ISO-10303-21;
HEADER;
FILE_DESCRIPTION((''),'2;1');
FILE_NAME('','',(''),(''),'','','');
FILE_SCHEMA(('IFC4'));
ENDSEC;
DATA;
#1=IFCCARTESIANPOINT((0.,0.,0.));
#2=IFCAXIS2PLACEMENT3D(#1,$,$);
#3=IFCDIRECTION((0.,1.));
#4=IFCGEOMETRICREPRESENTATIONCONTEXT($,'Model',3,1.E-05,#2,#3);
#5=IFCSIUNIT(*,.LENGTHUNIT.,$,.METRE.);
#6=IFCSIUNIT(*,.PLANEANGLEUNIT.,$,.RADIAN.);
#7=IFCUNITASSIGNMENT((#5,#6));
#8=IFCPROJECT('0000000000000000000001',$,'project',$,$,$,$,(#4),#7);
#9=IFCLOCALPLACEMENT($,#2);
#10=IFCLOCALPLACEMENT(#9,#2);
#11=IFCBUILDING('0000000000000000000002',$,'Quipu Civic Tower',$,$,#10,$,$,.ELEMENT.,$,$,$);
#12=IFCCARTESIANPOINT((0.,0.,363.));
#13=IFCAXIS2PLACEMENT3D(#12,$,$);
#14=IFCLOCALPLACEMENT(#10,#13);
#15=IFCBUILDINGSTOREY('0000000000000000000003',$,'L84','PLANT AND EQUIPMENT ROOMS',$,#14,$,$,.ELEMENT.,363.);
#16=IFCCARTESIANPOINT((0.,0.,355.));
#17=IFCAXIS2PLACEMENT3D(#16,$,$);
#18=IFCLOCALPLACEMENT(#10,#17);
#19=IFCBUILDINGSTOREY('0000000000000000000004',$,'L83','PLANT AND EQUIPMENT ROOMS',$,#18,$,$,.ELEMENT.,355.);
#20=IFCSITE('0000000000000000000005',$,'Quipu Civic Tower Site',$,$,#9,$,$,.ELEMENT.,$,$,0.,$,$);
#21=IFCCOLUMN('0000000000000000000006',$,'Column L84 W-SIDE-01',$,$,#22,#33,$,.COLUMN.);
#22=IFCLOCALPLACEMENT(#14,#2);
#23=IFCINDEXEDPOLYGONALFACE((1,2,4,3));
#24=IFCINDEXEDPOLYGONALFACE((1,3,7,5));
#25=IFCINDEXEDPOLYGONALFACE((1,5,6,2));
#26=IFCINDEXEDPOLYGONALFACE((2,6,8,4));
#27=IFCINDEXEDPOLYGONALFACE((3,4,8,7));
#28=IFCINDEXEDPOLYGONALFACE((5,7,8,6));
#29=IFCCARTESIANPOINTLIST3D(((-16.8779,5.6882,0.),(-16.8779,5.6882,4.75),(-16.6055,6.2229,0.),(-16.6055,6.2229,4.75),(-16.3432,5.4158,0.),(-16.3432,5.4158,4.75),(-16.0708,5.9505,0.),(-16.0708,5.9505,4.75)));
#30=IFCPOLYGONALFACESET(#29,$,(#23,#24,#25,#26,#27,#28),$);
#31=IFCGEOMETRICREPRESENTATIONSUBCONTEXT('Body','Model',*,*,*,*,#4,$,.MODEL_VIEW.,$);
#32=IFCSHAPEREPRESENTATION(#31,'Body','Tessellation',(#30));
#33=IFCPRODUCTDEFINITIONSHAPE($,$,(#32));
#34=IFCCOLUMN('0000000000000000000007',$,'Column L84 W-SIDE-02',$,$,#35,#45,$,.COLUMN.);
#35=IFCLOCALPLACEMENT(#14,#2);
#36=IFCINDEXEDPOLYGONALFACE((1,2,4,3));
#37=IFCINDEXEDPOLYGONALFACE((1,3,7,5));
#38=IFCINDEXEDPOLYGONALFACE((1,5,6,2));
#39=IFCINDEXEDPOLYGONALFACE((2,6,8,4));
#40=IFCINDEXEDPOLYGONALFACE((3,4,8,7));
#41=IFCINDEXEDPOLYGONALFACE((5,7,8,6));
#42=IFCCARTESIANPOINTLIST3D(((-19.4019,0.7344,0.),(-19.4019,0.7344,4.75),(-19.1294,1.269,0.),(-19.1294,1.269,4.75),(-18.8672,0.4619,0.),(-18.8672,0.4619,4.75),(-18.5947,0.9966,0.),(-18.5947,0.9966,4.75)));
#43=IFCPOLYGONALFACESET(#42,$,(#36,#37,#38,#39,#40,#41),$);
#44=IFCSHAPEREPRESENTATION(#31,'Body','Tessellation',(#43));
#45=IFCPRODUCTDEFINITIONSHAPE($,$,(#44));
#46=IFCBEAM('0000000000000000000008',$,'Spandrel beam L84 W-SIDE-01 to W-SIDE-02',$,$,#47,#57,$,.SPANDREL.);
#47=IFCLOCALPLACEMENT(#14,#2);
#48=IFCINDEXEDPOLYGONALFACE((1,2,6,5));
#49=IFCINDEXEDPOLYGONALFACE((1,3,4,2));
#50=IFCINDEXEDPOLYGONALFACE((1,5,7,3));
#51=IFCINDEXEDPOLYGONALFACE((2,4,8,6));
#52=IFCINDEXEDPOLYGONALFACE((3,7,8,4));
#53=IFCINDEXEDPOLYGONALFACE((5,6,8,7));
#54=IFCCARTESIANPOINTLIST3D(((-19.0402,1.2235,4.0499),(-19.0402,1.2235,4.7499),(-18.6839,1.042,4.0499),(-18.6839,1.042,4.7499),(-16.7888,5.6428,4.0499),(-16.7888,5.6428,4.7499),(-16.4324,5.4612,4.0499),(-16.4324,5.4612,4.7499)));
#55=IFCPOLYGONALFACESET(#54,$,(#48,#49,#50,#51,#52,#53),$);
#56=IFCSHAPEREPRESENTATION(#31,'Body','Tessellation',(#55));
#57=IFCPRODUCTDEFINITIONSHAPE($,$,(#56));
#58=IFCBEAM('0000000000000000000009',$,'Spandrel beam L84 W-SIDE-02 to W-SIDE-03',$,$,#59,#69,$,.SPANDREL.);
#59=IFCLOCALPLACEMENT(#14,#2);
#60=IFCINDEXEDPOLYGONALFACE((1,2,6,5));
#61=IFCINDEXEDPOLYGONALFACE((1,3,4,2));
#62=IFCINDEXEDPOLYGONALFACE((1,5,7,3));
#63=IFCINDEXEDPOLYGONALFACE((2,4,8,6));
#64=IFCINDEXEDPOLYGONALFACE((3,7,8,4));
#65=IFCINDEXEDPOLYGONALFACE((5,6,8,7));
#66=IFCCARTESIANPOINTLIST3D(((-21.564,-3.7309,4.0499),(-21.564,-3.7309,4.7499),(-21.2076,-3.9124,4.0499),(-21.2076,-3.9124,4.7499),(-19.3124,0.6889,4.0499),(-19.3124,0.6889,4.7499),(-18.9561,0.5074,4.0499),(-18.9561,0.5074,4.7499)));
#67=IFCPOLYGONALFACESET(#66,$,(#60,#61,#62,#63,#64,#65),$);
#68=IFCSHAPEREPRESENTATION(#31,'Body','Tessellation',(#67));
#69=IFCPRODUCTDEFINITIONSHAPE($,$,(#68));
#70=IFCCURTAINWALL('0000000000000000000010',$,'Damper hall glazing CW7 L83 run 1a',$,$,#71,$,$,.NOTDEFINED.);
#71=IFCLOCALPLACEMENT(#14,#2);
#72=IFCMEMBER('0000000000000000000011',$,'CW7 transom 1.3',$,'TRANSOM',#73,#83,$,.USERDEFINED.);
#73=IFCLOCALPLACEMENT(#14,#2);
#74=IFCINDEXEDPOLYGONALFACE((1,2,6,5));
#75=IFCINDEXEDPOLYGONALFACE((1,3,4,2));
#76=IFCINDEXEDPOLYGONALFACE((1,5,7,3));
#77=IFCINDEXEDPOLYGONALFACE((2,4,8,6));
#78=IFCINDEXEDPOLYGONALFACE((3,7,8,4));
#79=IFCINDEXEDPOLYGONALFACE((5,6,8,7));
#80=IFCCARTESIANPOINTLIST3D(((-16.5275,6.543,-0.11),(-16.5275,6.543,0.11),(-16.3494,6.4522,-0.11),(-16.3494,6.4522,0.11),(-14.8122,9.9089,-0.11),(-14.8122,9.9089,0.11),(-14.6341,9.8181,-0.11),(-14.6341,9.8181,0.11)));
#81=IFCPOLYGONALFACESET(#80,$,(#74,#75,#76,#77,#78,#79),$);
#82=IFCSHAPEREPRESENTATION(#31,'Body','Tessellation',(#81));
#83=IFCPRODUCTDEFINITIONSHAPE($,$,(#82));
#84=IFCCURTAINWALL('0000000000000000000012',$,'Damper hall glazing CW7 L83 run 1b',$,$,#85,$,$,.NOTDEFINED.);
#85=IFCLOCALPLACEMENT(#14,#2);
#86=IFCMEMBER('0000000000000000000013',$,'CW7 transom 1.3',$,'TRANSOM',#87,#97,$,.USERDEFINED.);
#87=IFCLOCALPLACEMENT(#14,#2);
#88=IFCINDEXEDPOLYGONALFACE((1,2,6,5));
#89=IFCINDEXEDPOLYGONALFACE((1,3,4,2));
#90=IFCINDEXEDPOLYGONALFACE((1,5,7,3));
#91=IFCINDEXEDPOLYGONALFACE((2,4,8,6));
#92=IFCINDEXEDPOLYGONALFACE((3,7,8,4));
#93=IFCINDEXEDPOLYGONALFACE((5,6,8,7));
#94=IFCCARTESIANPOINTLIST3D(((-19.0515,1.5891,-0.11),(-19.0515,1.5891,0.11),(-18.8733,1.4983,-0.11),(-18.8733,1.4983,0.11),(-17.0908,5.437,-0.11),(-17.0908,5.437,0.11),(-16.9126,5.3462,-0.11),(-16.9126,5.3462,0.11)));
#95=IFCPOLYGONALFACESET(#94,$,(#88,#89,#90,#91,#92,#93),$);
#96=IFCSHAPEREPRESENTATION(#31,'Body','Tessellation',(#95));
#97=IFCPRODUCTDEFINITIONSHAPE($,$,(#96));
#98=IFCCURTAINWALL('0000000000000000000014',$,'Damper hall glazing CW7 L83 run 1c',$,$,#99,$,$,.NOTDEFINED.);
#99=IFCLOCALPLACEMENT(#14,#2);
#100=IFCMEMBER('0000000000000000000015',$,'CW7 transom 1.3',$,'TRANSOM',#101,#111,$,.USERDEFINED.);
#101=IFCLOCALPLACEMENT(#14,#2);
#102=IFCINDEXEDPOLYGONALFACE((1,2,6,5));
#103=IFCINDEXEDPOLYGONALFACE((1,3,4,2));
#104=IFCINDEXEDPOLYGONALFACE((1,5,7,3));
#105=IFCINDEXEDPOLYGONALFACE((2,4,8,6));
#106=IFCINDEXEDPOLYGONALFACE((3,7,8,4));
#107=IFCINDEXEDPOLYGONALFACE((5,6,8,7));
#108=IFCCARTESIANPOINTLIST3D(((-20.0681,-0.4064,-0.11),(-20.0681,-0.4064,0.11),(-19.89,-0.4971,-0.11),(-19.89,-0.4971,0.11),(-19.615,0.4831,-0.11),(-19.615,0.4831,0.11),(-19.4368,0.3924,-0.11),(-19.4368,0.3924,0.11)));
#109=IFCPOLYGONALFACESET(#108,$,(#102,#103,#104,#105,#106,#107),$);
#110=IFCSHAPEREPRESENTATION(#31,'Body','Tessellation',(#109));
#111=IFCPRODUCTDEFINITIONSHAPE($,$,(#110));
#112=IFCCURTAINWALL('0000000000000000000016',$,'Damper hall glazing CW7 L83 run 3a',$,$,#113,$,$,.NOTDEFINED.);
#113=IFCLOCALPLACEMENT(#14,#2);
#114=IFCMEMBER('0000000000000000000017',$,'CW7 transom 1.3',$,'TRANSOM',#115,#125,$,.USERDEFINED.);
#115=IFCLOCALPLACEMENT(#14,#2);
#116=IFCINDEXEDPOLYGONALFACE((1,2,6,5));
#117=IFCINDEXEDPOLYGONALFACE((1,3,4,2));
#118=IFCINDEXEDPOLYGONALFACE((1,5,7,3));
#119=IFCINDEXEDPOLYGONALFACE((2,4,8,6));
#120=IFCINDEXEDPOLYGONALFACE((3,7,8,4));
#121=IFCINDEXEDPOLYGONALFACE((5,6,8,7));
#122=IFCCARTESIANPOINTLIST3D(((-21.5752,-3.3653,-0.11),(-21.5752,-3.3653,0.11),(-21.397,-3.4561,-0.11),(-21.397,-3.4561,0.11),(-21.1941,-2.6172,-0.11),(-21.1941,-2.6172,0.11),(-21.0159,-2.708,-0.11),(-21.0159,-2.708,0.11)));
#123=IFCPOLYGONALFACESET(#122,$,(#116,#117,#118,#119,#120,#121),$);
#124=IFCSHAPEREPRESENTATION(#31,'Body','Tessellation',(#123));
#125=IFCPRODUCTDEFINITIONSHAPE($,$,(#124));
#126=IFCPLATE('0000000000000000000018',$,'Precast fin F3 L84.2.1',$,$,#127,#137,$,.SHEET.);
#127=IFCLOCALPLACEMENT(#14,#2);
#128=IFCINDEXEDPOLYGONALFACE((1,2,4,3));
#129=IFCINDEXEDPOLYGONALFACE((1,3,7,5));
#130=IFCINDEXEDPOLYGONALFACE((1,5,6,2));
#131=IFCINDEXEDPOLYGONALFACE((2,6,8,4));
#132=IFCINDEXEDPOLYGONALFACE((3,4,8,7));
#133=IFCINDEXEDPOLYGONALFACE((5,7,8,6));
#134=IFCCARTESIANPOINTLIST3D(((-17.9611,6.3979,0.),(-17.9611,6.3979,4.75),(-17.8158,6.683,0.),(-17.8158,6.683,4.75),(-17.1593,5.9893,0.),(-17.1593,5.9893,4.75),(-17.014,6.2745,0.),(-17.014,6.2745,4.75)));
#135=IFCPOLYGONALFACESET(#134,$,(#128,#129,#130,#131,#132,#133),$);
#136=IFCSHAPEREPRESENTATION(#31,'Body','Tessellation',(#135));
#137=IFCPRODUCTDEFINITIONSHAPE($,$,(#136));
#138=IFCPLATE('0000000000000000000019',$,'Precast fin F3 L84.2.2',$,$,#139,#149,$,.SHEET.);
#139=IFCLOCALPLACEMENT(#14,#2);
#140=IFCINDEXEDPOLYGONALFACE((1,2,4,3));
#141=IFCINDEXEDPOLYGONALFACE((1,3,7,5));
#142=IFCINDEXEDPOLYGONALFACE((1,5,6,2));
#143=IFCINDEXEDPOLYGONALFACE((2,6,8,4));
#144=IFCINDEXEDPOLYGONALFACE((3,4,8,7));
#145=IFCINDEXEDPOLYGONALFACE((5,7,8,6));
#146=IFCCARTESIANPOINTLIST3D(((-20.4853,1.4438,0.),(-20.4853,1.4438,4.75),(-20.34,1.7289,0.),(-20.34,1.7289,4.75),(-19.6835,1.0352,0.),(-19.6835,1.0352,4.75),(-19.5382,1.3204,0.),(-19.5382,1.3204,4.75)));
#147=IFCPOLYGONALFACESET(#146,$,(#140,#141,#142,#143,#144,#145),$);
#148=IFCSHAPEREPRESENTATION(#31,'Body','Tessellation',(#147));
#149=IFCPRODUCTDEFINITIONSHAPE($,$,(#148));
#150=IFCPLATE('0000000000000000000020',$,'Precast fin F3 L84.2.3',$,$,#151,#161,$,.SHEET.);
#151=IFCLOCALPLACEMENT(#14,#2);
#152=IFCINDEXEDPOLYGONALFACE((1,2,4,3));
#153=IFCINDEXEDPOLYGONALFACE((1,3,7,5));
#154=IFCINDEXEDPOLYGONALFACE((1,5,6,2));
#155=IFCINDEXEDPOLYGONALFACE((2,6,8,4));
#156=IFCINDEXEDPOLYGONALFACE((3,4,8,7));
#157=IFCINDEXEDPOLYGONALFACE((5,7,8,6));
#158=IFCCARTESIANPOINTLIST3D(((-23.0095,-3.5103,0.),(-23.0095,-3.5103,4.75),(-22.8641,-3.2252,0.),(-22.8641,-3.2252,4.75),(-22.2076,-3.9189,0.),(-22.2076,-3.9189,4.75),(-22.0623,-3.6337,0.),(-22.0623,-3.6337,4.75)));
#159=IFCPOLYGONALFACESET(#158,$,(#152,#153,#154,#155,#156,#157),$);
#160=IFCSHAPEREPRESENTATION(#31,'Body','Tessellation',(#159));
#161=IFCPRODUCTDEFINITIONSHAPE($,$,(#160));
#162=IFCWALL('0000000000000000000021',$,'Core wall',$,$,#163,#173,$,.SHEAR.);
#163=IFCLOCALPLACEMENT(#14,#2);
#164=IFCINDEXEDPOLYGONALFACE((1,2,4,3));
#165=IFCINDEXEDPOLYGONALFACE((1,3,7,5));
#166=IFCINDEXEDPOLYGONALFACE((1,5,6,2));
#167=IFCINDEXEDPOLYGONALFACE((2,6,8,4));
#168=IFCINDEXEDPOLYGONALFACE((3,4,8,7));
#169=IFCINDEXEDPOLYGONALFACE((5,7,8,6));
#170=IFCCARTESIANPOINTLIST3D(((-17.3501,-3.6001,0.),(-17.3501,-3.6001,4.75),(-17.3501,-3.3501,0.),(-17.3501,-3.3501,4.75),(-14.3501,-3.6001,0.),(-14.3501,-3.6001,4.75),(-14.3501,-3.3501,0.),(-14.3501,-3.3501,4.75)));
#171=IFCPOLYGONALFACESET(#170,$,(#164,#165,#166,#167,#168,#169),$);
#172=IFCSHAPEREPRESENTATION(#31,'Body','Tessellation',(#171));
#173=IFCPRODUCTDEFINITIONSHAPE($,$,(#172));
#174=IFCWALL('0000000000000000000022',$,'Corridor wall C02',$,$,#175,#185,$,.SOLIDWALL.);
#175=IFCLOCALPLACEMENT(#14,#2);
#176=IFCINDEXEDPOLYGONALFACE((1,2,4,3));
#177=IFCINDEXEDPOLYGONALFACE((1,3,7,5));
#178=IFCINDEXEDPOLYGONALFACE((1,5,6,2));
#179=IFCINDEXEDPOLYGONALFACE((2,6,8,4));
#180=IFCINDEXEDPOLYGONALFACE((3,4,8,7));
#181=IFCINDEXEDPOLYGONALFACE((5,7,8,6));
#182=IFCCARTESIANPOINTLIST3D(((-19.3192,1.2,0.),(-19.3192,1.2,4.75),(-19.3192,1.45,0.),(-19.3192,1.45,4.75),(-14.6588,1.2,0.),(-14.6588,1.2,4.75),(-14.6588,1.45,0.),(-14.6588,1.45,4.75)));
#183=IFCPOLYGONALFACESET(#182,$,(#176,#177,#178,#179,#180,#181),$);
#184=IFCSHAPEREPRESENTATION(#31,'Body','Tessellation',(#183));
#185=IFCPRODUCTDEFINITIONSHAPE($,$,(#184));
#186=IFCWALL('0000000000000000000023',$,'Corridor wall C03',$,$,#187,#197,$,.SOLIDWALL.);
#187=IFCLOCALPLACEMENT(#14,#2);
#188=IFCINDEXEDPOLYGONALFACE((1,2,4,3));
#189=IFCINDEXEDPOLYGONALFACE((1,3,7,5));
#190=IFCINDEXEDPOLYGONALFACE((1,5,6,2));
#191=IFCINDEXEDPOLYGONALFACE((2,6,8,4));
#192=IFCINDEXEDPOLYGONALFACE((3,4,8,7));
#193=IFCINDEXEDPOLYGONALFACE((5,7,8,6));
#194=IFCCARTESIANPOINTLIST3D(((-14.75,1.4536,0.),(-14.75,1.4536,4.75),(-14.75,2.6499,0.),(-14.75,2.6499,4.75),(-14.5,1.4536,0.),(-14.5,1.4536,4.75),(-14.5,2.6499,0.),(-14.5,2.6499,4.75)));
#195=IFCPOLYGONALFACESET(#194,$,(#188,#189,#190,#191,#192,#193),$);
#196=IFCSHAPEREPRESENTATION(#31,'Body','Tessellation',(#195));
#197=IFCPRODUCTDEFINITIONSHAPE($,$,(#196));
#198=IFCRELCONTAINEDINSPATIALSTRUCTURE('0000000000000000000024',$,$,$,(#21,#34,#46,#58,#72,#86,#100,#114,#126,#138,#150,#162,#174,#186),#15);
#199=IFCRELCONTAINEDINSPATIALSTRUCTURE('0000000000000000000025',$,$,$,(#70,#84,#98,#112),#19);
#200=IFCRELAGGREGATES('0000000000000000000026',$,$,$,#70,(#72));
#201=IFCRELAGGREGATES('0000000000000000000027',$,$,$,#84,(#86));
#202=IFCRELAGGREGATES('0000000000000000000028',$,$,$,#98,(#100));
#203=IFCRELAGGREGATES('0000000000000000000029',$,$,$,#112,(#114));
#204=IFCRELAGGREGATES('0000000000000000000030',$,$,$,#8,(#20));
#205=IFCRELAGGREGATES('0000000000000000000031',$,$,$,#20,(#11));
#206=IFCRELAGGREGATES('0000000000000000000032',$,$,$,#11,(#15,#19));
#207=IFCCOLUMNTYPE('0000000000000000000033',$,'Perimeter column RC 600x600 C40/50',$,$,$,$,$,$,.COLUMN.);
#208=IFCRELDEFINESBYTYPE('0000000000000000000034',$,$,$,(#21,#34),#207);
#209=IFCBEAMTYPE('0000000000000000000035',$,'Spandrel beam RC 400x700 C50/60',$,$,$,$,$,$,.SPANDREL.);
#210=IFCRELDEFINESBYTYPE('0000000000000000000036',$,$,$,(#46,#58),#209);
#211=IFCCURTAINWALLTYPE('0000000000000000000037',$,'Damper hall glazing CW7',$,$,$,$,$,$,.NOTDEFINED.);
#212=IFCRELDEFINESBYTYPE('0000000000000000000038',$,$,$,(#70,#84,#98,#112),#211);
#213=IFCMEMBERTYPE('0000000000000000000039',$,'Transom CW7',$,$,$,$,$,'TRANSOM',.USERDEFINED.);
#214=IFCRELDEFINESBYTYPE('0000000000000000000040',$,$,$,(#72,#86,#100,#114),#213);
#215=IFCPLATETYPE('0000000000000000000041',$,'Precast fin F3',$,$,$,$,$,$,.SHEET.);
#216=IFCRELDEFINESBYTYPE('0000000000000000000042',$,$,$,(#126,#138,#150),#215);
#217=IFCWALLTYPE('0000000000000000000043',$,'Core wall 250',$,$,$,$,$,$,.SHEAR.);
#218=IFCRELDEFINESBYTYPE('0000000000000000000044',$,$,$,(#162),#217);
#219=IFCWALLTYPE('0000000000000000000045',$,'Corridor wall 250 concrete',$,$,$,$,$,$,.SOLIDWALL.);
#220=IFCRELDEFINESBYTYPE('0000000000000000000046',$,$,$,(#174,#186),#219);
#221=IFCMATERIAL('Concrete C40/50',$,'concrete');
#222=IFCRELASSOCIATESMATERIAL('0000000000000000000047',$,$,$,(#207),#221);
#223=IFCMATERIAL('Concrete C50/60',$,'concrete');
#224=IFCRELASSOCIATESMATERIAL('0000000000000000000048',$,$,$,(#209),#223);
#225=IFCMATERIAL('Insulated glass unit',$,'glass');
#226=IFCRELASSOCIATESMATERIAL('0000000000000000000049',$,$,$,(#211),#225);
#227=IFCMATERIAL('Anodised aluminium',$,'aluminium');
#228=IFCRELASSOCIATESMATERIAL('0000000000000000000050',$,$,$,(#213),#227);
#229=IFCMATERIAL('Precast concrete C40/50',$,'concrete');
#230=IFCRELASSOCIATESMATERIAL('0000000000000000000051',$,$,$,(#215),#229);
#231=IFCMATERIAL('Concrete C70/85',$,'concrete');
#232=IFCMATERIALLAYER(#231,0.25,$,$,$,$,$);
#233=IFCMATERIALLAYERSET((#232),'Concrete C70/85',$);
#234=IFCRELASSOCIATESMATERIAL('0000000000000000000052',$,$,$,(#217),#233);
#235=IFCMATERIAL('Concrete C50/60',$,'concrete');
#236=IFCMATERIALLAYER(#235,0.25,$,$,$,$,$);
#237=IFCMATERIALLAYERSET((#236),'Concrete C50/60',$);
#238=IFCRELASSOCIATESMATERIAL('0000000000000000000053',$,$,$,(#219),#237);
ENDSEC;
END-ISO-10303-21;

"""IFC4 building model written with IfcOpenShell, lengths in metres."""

from ifc_helpers import new_model, si_unit, direction, frame, frame_2d, origin, origin_2d, place, context, subcontext, project, spatial, rectangle, extrude, material, layer, layer_set, material_profile, profile_set, type_object, element, aggregate, save


model = new_model("IFC4")

# Units and contexts
model_context = context("Model", 3, precision=1e-05, world=origin(), true_north=direction((0.0, 1.0)))
body_context = subcontext(model_context, "Body", "Model", "MODEL_VIEW")
ifc_project = project(units=[si_unit("LENGTHUNIT", "METRE"), si_unit("PLANEANGLEUNIT", "RADIAN")], contexts=[model_context])

# Site, building, storey
site_placement = place(None, origin())
site = spatial("IfcSite", under=ifc_project, at=site_placement, Name="Quipu Civic Tower Site", CompositionType="ELEMENT", RefElevation=0.0)
building_placement = place(site_placement, origin())
building = spatial("IfcBuilding", under=site, at=building_placement, Name="Quipu Civic Tower", CompositionType="ELEMENT")
storey_1_placement = place(building_placement, frame((0.0, 0.0, 363.0)))
storey_1 = spatial("IfcBuildingStorey", under=building, at=storey_1_placement, Name="L84", Description="PLANT AND EQUIPMENT ROOMS", CompositionType="ELEMENT", Elevation=363.0)

# Columns
ifc_material_1 = material(Name="Concrete C40/50", Category="concrete")
ifc_material_profile_1 = material_profile(ifc_material_1, rectangle(XDim=0.6001, YDim=0.6001, at=origin_2d()), Name="RC600x600")
ifc_profile_set_1 = profile_set([ifc_material_profile_1], Name="Concrete C40/50")
column_type = type_object("IfcColumnType", Name="Perimeter column RC 600x600 C40/50", PredefinedType="COLUMN", material=ifc_profile_set_1)
for number, where, z_axis, x_axis, name in (
    (1, (-16.4744, 5.8193, 0.0), (0.0, 0.0, 1.0), (-0.45399, -0.891007, 0.0), "Column L84 W-SIDE-01"),
    (2, (-18.9983, 0.8655, 0.0), (0.0, 0.0, 1.0), (-0.45399, -0.891007, 0.0), "Column L84 W-SIDE-02"),
):
    element("IfcColumn", number, at=place(storey_1_placement, frame(where, z_axis=z_axis, x_axis=x_axis)), inside=storey_1, type_object=column_type, Name=name, PredefinedType="COLUMN", context=body_context, shape_type="SweptSolid", body=[
        extrude(rectangle(XDim=0.6001, YDim=0.6001, at=origin_2d()), origin(), (0.0, 0.0, 1.0), 4.75),
    ])

# Beams
ifc_material_2 = material(Name="Concrete C50/60", Category="concrete")
ifc_material_profile_2 = material_profile(ifc_material_2, rectangle(XDim=0.3999, YDim=0.7, at=origin_2d()), Name="RC400x700")
ifc_profile_set_2 = profile_set([ifc_material_profile_2], Name="Concrete C50/60")
beam_type = type_object("IfcBeamType", Name="Spandrel beam RC 400x700 C50/60", PredefinedType="SPANDREL", material=ifc_profile_set_2)
beam_1_placement = place(storey_1_placement, frame((-16.6106, 5.552, 4.3999), z_axis=(-0.453955, -0.891025, 0.0), x_axis=(0.891025, -0.453955, 0.0)))
element("IfcBeam", 3, at=beam_1_placement, inside=storey_1, type_object=beam_type, Name="Spandrel beam L84 W-SIDE-01 to W-SIDE-02", PredefinedType="SPANDREL", context=body_context, shape_type="SweptSolid", body=[
    extrude(rectangle(XDim=0.3999, YDim=0.7, at=origin_2d()), origin(), (0.0, 0.0, 1.0), 4.9597),
])
beam_2_placement = place(storey_1_placement, frame((-19.1343, 0.5981, 4.3999), z_axis=(-0.453915, -0.891045, 0.0), x_axis=(0.891045, -0.453915, 0.0)))
element("IfcBeam", 4, at=beam_2_placement, inside=storey_1, type_object=beam_type, Name="Spandrel beam L84 W-SIDE-02 to W-SIDE-03", PredefinedType="SPANDREL", context=body_context, shape_type="SweptSolid", body=[
    extrude(rectangle(XDim=0.3999, YDim=0.7, at=origin_2d()), origin(), (0.0, 0.0, 1.0), 4.9602),
])

# Shared definitions
storey_2_placement = place(building_placement, frame((0.0, 0.0, 355.0)))
storey_2 = spatial("IfcBuildingStorey", under=building, at=storey_2_placement, Name="L83", Description="PLANT AND EQUIPMENT ROOMS", CompositionType="ELEMENT", Elevation=355.0)

# Curtain walls, members
ifc_material_3 = material(Name="Insulated glass unit", Category="glass")
curtain_wall_type = type_object("IfcCurtainWallType", Name="Damper hall glazing CW7", PredefinedType="NOTDEFINED", material=ifc_material_3)
curtain_wall_1_placement = place(storey_2_placement, origin())
curtain_wall_1 = element("IfcCurtainWall", 5, at=curtain_wall_1_placement, inside=storey_2, type_object=curtain_wall_type, Name="Damper hall glazing CW7 L83 run 1a", PredefinedType="NOTDEFINED")
ifc_material_4 = material(Name="Anodised aluminium", Category="aluminium")
ifc_material_profile_3 = material_profile(ifc_material_4, rectangle(XDim=0.2, YDim=0.22, at=origin_2d()), Name="RECT 200x220")
ifc_profile_set_3 = profile_set([ifc_material_profile_3], Name="Anodised aluminium")
member_type = type_object("IfcMemberType", Name="Transom CW7", ElementType="TRANSOM", PredefinedType="USERDEFINED", material=ifc_profile_set_3)
member_1_placement = place(storey_1_placement, frame((-14.7231, 9.8635, 0.0), z_axis=(-0.454051, -0.890976, 0.0), x_axis=(0.890976, -0.454051, 0.0)))
member_1 = element("IfcMember", 6, at=member_1_placement, inside=storey_1, type_object=member_type, Name="CW7 transom 1.3", ObjectType="TRANSOM", PredefinedType="USERDEFINED", context=body_context, shape_type="SweptSolid", body=[
    extrude(rectangle(XDim=0.2, YDim=0.22, at=origin_2d()), origin(), (0.0, 0.0, 1.0), 3.7778),
])
aggregate(curtain_wall_1, [member_1])
curtain_wall_2_placement = place(storey_2_placement, origin())
curtain_wall_2 = element("IfcCurtainWall", 7, at=curtain_wall_2_placement, inside=storey_2, type_object=curtain_wall_type, Name="Damper hall glazing CW7 L83 run 1b", PredefinedType="NOTDEFINED")
member_2_placement = place(storey_1_placement, frame((-17.0017, 5.3916, 0.0), z_axis=(-0.454007, -0.890998, 0.0), x_axis=(0.890998, -0.454007, 0.0)))
member_2 = element("IfcMember", 8, at=member_2_placement, inside=storey_1, type_object=member_type, Name="CW7 transom 1.3", ObjectType="TRANSOM", PredefinedType="USERDEFINED", context=body_context, shape_type="SweptSolid", body=[
    extrude(rectangle(XDim=0.2, YDim=0.22, at=origin_2d()), origin(), (0.0, 0.0, 1.0), 4.3186),
])
aggregate(curtain_wall_2, [member_2])
curtain_wall_3_placement = place(storey_2_placement, origin())
curtain_wall_3 = element("IfcCurtainWall", 9, at=curtain_wall_3_placement, inside=storey_2, type_object=curtain_wall_type, Name="Damper hall glazing CW7 L83 run 1c", PredefinedType="NOTDEFINED")
member_3_placement = place(storey_1_placement, frame((-19.5259, 0.4377, 0.0), z_axis=(-0.453951, -0.891026, 0.0), x_axis=(0.891026, -0.453951, 0.0)))
member_3 = element("IfcMember", 10, at=member_3_placement, inside=storey_1, type_object=member_type, Name="CW7 transom 1.3", ObjectType="TRANSOM", PredefinedType="USERDEFINED", context=body_context, shape_type="SweptSolid", body=[
    extrude(rectangle(XDim=0.2, YDim=0.22, at=origin_2d()), origin(), (0.0, 0.0, 1.0), 0.9983),
])
aggregate(curtain_wall_3, [member_3])
curtain_wall_4_placement = place(storey_2_placement, origin())
curtain_wall_4 = element("IfcCurtainWall", 11, at=curtain_wall_4_placement, inside=storey_2, type_object=curtain_wall_type, Name="Damper hall glazing CW7 L83 run 3a", PredefinedType="NOTDEFINED")
member_4_placement = place(storey_1_placement, frame((-21.105, -2.6626, 0.0), z_axis=(-0.453948, -0.891028, 0.0), x_axis=(0.891028, -0.453948, 0.0)))
member_4 = element("IfcMember", 12, at=member_4_placement, inside=storey_1, type_object=member_type, Name="CW7 transom 1.3", ObjectType="TRANSOM", PredefinedType="USERDEFINED", context=body_context, shape_type="SweptSolid", body=[
    extrude(rectangle(XDim=0.2, YDim=0.22, at=origin_2d()), origin(), (0.0, 0.0, 1.0), 0.8396),
])
aggregate(curtain_wall_4, [member_4])

# Plates
ifc_material_5 = material(Name="Precast concrete C40/50", Category="concrete")
plate_type = type_object("IfcPlateType", Name="Precast fin F3", PredefinedType="SHEET", material=ifc_material_5)
for number, where, z_axis, x_axis, name in (
    (13, (-17.4875, 6.3362, 0.0), (0.0, 0.0, 1.0), (-0.45399, -0.891007, 0.0), "Precast fin F3 L84.2.1"),
    (14, (-20.0117, 1.3821, 0.0), (0.0, 0.0, 1.0), (-0.45399, -0.891007, 0.0), "Precast fin F3 L84.2.2"),
    (15, (-22.5359, -3.572, 0.0), (0.0, 0.0, 1.0), (-0.45399, -0.891007, 0.0), "Precast fin F3 L84.2.3"),
):
    element("IfcPlate", number, at=place(storey_1_placement, frame(where, z_axis=z_axis, x_axis=x_axis)), inside=storey_1, type_object=plate_type, Name=name, PredefinedType="SHEET", context=body_context, shape_type="SweptSolid", body=[
        extrude(rectangle(XDim=0.3201, YDim=0.8999, at=origin_2d()), origin(), (0.0, 0.0, 1.0), 4.75),
    ])

# Walls
ifc_material_6 = material(Name="Concrete C70/85", Category="concrete")
ifc_layer_1 = layer(ifc_material_6, 0.25)
ifc_layer_set_1 = layer_set([ifc_layer_1], Name="Concrete C70/85")
wall_type_1 = type_object("IfcWallType", Name="Core wall 250", PredefinedType="SHEAR", material=ifc_layer_set_1)
wall_1_placement = place(storey_1_placement, frame((-17.3501, -3.4751, 0.0), z_axis=(0.0, 0.0, 1.0), x_axis=(1.0, 0.0, 0.0)))
element("IfcWall", 16, at=wall_1_placement, inside=storey_1, type_object=wall_type_1, Name="Core wall", PredefinedType="SHEAR", context=body_context, shape_type="SweptSolid", body=[
    extrude(rectangle(XDim=3.0, YDim=0.25, at=frame_2d((1.5, 0.0))), origin(), (0.0, 0.0, 1.0), 4.75),
])
ifc_material_7 = material(Name="Concrete C50/60", Category="concrete")
ifc_layer_2 = layer(ifc_material_7, 0.25)
ifc_layer_set_2 = layer_set([ifc_layer_2], Name="Concrete C50/60")
wall_type_2 = type_object("IfcWallType", Name="Corridor wall 250 concrete", PredefinedType="SOLIDWALL", material=ifc_layer_set_2)
wall_2_placement = place(storey_1_placement, frame((-19.3191, 1.325, 0.0), z_axis=(0.0, 0.0, 1.0), x_axis=(1.0, 0.0, 0.0)))
element("IfcWall", 17, at=wall_2_placement, inside=storey_1, type_object=wall_type_2, Name="Corridor wall C02", PredefinedType="SOLIDWALL", context=body_context, shape_type="SweptSolid", body=[
    extrude(rectangle(XDim=4.6604, YDim=0.25, at=frame_2d((2.3301, 0.0))), origin(), (0.0, 0.0, 1.0), 4.75),
])
wall_3_placement = place(storey_1_placement, frame((-14.625, 1.4536, 0.0), z_axis=(0.0, 0.0, 1.0), x_axis=(0.0, 1.0, 0.0)))
element("IfcWall", 18, at=wall_3_placement, inside=storey_1, type_object=wall_type_2, Name="Corridor wall C03", PredefinedType="SOLIDWALL", context=body_context, shape_type="SweptSolid", body=[
    extrude(rectangle(XDim=1.1963, YDim=0.25, at=frame_2d((0.5981, 0.0))), origin(), (0.0, 0.0, 1.0), 4.75),
])

save(model, "model.ifc")
